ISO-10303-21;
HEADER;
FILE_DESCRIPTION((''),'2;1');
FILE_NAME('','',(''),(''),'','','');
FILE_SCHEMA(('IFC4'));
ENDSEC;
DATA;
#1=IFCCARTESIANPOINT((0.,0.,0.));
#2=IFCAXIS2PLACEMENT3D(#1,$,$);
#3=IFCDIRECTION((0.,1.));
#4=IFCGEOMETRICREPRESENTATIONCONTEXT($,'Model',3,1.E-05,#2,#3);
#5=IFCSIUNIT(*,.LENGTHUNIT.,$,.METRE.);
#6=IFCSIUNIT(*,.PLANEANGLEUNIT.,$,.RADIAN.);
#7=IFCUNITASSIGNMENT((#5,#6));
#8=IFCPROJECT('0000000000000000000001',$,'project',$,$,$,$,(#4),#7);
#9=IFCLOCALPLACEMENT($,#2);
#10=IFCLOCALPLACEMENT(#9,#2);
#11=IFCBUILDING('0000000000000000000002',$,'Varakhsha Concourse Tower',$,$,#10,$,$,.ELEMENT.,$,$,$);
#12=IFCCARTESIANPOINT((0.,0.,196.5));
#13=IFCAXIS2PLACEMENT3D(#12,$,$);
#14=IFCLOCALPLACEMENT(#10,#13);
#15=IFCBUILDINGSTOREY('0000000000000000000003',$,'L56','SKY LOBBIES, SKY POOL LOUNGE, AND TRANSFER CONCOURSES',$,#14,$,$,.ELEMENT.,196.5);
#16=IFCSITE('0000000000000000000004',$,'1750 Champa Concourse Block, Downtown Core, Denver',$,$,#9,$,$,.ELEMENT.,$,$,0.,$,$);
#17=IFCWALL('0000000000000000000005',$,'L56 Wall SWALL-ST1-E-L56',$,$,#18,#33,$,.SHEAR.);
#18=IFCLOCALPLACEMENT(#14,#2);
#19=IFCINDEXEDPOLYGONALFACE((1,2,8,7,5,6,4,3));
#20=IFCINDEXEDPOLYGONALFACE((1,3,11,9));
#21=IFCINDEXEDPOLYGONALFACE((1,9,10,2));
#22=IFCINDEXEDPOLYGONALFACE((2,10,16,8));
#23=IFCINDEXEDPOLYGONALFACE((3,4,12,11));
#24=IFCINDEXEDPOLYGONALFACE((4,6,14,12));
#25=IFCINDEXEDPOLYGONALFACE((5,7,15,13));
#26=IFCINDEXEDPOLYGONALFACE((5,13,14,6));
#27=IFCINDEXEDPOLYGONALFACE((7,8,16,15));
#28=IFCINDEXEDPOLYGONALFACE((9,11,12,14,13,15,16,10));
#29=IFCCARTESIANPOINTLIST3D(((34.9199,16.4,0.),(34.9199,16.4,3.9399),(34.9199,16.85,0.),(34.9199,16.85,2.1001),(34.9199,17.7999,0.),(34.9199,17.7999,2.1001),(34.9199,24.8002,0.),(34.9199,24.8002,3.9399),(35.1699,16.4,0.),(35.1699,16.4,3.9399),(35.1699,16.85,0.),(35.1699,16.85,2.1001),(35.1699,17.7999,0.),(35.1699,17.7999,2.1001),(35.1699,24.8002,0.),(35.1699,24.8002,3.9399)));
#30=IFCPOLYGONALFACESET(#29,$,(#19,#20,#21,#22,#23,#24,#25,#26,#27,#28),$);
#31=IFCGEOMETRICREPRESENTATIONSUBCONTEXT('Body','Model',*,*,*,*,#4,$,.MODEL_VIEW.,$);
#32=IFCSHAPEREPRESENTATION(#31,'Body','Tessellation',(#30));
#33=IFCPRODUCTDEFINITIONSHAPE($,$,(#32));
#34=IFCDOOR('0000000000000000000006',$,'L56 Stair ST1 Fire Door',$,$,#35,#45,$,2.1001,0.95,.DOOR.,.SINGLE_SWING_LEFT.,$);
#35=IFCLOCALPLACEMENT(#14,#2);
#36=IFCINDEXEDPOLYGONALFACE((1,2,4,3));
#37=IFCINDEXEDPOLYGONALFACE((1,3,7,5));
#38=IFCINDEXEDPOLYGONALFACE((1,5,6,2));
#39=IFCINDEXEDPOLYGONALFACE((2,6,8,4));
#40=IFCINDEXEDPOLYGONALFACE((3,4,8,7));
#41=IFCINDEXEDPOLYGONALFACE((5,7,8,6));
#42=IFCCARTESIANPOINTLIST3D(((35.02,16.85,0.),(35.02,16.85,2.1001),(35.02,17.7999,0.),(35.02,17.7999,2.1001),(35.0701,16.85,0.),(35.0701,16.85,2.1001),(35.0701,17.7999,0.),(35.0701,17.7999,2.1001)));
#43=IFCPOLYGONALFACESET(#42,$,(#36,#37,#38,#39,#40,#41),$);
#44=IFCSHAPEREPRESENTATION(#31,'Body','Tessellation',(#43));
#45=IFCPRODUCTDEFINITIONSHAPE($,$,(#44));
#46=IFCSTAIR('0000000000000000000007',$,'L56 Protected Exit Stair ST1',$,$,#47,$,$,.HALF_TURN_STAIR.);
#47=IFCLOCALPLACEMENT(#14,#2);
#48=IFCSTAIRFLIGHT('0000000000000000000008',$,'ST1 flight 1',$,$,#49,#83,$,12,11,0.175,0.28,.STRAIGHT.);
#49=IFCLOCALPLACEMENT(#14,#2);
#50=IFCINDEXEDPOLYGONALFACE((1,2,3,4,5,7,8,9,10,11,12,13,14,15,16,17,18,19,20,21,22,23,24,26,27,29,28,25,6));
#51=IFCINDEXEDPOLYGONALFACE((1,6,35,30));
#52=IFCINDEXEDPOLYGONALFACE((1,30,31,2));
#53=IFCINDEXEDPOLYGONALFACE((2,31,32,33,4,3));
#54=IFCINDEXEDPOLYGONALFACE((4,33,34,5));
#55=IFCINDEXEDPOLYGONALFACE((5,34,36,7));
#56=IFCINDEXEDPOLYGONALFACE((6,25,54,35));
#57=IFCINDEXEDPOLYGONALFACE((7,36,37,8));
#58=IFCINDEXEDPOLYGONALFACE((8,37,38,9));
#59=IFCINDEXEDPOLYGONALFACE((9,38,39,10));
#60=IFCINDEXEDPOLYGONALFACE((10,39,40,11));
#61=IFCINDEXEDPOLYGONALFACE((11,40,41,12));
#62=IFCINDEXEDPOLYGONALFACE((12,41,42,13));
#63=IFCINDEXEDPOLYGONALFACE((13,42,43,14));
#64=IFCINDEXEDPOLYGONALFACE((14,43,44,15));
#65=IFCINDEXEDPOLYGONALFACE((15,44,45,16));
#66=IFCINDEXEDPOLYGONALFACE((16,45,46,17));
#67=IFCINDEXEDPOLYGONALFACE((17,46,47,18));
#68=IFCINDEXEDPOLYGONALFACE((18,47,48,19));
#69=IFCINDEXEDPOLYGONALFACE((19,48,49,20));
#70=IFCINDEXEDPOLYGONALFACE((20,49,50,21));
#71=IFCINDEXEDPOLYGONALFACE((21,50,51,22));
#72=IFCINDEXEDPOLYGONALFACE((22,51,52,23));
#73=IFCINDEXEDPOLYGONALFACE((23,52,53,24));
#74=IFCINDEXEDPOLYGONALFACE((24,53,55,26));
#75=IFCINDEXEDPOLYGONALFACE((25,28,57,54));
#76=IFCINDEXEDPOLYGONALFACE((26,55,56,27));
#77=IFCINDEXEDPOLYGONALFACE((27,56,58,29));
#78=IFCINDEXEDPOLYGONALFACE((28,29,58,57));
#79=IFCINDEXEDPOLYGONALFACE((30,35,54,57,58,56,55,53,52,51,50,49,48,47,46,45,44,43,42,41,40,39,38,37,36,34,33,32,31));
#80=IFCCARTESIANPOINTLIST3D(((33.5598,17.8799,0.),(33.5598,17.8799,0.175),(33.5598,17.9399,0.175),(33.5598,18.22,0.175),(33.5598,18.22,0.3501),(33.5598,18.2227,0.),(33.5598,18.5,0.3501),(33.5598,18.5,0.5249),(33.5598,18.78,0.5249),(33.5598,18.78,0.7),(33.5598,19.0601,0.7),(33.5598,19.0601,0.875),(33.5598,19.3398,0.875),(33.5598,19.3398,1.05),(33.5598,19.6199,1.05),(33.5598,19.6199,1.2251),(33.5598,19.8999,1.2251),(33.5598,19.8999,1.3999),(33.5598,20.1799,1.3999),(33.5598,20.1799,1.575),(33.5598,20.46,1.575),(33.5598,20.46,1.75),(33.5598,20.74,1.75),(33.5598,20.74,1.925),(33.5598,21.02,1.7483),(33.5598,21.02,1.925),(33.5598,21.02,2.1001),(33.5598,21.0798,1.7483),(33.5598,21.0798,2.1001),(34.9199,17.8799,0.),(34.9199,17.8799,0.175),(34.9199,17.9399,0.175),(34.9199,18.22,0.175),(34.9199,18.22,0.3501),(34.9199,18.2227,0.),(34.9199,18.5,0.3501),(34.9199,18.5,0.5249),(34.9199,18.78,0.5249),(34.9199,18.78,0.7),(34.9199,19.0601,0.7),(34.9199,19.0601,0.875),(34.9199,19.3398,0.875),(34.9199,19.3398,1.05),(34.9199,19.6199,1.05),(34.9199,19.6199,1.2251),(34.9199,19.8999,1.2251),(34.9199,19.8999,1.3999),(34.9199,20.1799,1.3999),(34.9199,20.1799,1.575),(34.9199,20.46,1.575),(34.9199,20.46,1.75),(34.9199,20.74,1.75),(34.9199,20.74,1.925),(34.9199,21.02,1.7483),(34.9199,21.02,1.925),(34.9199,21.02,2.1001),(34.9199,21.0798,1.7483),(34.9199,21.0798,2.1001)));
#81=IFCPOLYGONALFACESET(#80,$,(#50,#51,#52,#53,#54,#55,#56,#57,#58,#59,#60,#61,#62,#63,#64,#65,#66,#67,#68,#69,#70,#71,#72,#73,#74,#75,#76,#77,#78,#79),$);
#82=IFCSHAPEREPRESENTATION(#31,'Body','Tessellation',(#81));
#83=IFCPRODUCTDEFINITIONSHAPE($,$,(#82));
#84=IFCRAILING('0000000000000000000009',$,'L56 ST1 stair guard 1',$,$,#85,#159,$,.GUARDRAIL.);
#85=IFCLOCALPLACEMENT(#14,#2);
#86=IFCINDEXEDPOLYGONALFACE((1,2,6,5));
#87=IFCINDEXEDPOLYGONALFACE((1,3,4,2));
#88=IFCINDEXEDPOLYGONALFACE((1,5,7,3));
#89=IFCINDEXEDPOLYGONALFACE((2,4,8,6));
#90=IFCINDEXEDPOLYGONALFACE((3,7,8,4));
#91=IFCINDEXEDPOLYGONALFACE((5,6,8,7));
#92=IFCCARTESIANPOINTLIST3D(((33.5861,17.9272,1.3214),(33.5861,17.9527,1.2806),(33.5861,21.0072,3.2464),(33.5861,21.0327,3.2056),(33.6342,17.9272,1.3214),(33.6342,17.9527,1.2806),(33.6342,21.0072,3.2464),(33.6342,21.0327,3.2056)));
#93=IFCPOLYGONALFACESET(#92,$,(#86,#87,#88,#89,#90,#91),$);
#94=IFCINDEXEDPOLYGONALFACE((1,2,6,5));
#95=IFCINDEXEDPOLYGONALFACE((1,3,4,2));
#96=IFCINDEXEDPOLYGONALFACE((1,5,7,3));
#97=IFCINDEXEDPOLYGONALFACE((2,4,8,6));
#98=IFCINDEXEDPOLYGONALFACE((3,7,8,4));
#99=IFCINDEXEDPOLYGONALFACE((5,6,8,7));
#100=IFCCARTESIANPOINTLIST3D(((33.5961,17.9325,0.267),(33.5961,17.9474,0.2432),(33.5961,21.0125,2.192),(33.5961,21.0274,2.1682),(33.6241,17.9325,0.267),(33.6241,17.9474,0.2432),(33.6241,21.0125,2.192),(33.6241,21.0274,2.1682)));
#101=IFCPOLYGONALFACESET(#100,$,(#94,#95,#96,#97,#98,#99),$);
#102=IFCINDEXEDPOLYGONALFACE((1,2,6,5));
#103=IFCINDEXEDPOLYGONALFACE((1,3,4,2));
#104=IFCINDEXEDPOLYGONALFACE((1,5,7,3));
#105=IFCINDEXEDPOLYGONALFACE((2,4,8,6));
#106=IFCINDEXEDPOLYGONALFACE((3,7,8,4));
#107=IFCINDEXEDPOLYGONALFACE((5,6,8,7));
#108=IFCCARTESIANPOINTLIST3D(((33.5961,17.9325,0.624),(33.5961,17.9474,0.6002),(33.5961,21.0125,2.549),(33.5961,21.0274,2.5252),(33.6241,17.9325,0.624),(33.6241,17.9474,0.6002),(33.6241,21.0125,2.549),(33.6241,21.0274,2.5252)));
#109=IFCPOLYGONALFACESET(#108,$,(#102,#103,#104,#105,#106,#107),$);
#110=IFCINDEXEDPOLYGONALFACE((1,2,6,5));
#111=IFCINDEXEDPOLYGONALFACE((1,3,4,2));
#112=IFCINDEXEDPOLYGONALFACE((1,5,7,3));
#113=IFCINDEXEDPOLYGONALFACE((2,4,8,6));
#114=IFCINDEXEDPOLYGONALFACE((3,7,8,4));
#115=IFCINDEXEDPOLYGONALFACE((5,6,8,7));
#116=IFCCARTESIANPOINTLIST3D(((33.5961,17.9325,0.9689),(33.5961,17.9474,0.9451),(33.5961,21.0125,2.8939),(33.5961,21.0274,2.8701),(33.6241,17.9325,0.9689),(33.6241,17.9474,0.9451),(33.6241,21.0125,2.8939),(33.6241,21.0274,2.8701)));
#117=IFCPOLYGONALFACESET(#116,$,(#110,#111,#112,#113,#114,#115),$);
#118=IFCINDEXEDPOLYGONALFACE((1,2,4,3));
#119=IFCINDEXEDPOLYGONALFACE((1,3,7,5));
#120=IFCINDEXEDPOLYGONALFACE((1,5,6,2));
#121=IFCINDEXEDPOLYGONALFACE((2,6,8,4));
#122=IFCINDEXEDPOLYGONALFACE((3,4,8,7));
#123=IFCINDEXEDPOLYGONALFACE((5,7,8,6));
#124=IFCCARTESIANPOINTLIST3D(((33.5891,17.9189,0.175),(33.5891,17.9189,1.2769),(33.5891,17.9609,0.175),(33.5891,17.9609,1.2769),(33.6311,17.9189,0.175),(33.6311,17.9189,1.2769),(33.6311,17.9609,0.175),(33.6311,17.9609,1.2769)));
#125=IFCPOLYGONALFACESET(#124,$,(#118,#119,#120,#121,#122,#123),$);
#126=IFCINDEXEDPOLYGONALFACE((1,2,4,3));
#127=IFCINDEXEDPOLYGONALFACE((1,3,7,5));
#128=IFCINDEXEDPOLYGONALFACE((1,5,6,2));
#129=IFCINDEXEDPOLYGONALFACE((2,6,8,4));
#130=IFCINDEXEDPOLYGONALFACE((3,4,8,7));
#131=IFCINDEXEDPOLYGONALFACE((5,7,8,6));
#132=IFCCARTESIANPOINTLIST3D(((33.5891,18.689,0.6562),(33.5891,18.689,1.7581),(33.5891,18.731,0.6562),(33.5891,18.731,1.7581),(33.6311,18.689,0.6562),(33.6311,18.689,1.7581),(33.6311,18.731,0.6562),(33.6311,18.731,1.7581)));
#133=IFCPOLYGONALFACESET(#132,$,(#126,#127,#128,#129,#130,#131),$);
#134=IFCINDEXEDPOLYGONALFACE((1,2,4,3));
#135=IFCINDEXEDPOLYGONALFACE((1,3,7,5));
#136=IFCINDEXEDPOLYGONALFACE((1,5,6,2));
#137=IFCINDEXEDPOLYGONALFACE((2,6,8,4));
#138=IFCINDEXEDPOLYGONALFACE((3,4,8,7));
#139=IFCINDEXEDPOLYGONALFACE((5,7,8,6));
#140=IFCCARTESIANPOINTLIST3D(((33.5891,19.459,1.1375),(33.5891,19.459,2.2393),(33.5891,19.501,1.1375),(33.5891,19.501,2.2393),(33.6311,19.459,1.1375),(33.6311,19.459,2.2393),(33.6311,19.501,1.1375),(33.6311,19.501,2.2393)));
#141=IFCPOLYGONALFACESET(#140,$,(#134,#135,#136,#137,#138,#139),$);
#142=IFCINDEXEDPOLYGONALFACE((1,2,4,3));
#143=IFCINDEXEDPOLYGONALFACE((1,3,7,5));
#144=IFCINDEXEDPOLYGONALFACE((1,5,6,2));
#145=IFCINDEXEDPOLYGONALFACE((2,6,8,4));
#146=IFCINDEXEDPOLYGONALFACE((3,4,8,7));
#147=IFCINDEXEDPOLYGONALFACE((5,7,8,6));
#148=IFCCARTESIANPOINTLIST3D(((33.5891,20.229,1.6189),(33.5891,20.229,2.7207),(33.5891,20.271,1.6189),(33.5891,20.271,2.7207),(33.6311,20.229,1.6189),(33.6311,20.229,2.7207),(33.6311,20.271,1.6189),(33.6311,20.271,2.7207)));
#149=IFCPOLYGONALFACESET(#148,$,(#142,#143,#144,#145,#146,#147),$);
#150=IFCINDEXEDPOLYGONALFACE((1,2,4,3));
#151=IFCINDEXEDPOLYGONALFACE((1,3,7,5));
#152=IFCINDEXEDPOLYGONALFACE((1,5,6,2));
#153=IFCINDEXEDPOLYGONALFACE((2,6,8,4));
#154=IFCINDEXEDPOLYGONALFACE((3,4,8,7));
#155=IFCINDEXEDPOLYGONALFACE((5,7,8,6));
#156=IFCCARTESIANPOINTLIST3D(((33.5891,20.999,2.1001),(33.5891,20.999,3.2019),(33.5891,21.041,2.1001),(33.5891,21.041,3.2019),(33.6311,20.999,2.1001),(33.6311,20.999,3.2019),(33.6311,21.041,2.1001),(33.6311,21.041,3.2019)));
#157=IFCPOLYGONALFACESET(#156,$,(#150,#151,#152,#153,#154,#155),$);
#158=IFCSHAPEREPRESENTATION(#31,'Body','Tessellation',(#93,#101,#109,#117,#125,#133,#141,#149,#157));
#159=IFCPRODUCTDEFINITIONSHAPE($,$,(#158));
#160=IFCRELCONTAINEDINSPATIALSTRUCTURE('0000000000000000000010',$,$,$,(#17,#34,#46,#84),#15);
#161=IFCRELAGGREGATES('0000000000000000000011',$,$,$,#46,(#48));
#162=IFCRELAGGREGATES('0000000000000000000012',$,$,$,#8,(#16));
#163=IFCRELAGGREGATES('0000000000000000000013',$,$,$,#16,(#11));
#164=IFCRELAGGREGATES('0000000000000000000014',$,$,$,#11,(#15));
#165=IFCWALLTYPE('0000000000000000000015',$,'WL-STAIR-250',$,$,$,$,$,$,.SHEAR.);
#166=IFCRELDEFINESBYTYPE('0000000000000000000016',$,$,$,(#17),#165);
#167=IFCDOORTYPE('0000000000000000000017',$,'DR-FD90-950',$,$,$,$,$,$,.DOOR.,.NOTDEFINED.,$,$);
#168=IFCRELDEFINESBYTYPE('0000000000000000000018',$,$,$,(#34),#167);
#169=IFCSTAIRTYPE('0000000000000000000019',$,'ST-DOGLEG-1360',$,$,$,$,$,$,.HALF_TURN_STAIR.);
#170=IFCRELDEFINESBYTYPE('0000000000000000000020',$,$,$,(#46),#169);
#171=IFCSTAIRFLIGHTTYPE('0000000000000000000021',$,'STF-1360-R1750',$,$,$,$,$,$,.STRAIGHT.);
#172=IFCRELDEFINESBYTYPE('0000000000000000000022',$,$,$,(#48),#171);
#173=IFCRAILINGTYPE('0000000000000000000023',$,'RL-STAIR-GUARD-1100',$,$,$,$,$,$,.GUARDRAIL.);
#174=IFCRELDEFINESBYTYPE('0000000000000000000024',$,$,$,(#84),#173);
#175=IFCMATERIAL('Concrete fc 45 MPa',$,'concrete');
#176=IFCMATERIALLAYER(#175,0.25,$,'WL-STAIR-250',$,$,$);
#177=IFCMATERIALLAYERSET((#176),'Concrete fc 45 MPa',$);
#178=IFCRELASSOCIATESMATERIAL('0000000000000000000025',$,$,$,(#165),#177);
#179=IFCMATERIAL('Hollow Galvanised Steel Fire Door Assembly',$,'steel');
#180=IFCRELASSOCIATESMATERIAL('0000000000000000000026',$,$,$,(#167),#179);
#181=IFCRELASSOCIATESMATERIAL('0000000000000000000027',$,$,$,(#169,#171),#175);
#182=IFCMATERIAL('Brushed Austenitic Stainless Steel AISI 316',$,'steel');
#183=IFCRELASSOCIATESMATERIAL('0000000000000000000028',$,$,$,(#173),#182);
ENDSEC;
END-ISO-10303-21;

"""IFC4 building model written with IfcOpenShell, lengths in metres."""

from ifc_helpers import new_model, si_unit, direction, frame, frame_2d, origin, origin_2d, place, context, subcontext, project, spatial, polyline, rectangle, outline, extrude, material, layer, layer_set, type_object, element, fill, aggregate, save


model = new_model("IFC4")

# Units and contexts
model_context = context("Model", 3, precision=1e-05, world=origin(), true_north=direction((0.0, 1.0)))
body_context = subcontext(model_context, "Body", "Model", "MODEL_VIEW")
ifc_project = project(units=[si_unit("LENGTHUNIT", "METRE"), si_unit("PLANEANGLEUNIT", "RADIAN")], contexts=[model_context])

# Site, building, storey
site_placement = place(None, origin())
site = spatial("IfcSite", under=ifc_project, at=site_placement, Name="1750 Champa Concourse Block, Downtown Core, Denver", CompositionType="ELEMENT", RefElevation=0.0)
building_placement = place(site_placement, origin())
building = spatial("IfcBuilding", under=site, at=building_placement, Name="Varakhsha Concourse Tower", CompositionType="ELEMENT")
storey_placement = place(building_placement, frame((0.0, 0.0, 196.5)))
storey = spatial("IfcBuildingStorey", under=building, at=storey_placement, Name="L56", Description="SKY LOBBIES, SKY POOL LOUNGE, AND TRANSFER CONCOURSES", CompositionType="ELEMENT", Elevation=196.5)

# Shared definitions
ifc_material_1 = material(Name="Hollow Galvanised Steel Fire Door Assembly", Category="steel")

# Wall, opening, door
ifc_material_2 = material(Name="Concrete fc 45 MPa", Category="concrete")
ifc_layer_1 = layer(ifc_material_2, 0.25, Name="WL-STAIR-250")
ifc_layer_set_1 = layer_set([ifc_layer_1], Name="Concrete fc 45 MPa")
wall_type_1 = type_object("IfcWallType", Name="WL-STAIR-250", PredefinedType="SHEAR", material=ifc_layer_set_1)
wall_1_placement = place(storey_placement, frame((35.0449, 16.3999, 0.0), z_axis=(0.0, 0.0, 1.0), x_axis=(0.0, 1.0, 0.0)))
wall_1 = element("IfcWall", 1, at=wall_1_placement, inside=storey, type_object=wall_type_1, Name="L56 Wall SWALL-ST1-E-L56", PredefinedType="SHEAR", context=body_context, shape_type="SweptSolid", body=[
    extrude(rectangle(XDim=8.4001, YDim=0.25, at=frame_2d((4.2002, 0.0))), origin(), (0.0, 0.0, 1.0), 3.9399),
])
opening_1_placement = place(wall_1_placement, frame((0.45, 0.0, 0.0)))
opening_1 = element("IfcOpeningElement", 2, at=opening_1_placement, cuts=wall_1, PredefinedType="OPENING", context=body_context, shape_type="SweptSolid", body=[
    extrude(rectangle(XDim=0.95, YDim=2.1001, at=frame_2d((0.4751, 1.05))), frame((0.0, 0.135, 0.0), z_axis=(0.0, -1.0, 0.0), x_axis=(1.0, 0.0, 0.0)), (0.0, 0.0, 1.0), 0.27),
])
door_type_1 = type_object("IfcDoorType", Name="DR-FD90-950", OperationType="NOTDEFINED", PredefinedType="DOOR", material=ifc_material_1)
door_1_placement = place(opening_1_placement, origin())
door_1 = element("IfcDoor", 3, at=door_1_placement, inside=storey, type_object=door_type_1, Name="L56 Stair ST1 Fire Door", OperationType="SINGLE_SWING_LEFT", OverallHeight=2.1001, OverallWidth=0.95, PredefinedType="DOOR", context=body_context, shape_type="SweptSolid", body=[
    extrude(rectangle(XDim=0.95, YDim=2.1001, at=frame_2d((0.4751, 1.05))), frame((0.0, 0.0249, 0.0), z_axis=(0.0, -1.0, 0.0), x_axis=(1.0, 0.0, 0.0)), (0.0, 0.0, 1.0), 0.05),
])
fill(opening_1, door_1)

# Stair, stair flight
stair_type = type_object("IfcStairType", Name="ST-DOGLEG-1360", PredefinedType="HALF_TURN_STAIR", material=ifc_material_2)
stair_placement = place(storey_placement, origin())
stair = element("IfcStair", 4, at=stair_placement, inside=storey, type_object=stair_type, Name="L56 Protected Exit Stair ST1", PredefinedType="HALF_TURN_STAIR")
stair_flight_type = type_object("IfcStairFlightType", Name="STF-1360-R1750", PredefinedType="STRAIGHT", material=ifc_material_2)
stair_flight_placement = place(storey_placement, frame((34.24, 17.9399, 0.0), z_axis=(0.0, 0.0, 1.0), x_axis=(0.0, 1.0, 0.0)))
stair_flight = element("IfcStairFlight", 5, at=stair_flight_placement, type_object=stair_flight_type, Name="ST1 flight 1", NumberOfRisers=12, NumberOfTreads=11, PredefinedType="STRAIGHT", RiserHeight=0.175, TreadLength=0.28, context=body_context, shape_type="SweptSolid", body=[
    extrude(outline(polyline([(-0.0601, 0.0), (-0.0601, 0.175), (0.0, 0.175), (0.28, 0.175), (0.28, 0.3501), (0.5601, 0.3501), (0.5601, 0.5249), (0.8401, 0.5249), (0.8401, 0.7), (1.1201, 0.7), (1.1201, 0.875), (1.3999, 0.875), (1.3999, 1.05), (1.6799, 1.05), (1.6799, 1.2251), (1.96, 1.2251), (1.96, 1.3999), (2.24, 1.3999), (2.24, 1.575), (2.52, 1.575), (2.52, 1.75), (2.8, 1.75), (2.8, 1.925), (3.0801, 1.925), (3.0801, 2.1001), (3.1399, 2.1001), (3.1399, 1.7483), (3.0801, 1.7483), (0.2827, 0.0), (-0.0601, 0.0)])), frame((0.0, 0.6802, 0.0), z_axis=(0.0, -1.0, 0.0), x_axis=(1.0, 0.0, 0.0)), (0.0, 0.0, 1.0), 1.3601),
])
aggregate(stair, [stair_flight])

# Railing
ifc_material_3 = material(Name="Brushed Austenitic Stainless Steel AISI 316", Category="steel")
railing_type_1 = type_object("IfcRailingType", Name="RL-STAIR-GUARD-1100", PredefinedType="GUARDRAIL", material=ifc_material_3)
railing_1_placement = place(storey_placement, frame((33.6101, 17.9399, 0.175)))
element("IfcRailing", 6, at=railing_1_placement, inside=storey, type_object=railing_type_1, Name="L56 ST1 stair guard 1", PredefinedType="GUARDRAIL", context=body_context, shape_type="SweptSolid", body=[
    extrude(rectangle(XDim=0.0481, YDim=0.0481, at=origin_2d()), frame((0.0, 0.0, 1.126), z_axis=(0.0, 0.847998, 0.529999), x_axis=(-1.0, 0.0, 0.0)), (0.0, 0.0, 1.0), 3.6321),
    extrude(rectangle(XDim=0.0281, YDim=0.0281, at=origin_2d()), frame((0.0, 0.0, 0.0801), z_axis=(0.0, 0.847998, 0.529999), x_axis=(-1.0, 0.0, 0.0)), (0.0, 0.0, 1.0), 3.6321),
    extrude(rectangle(XDim=0.0281, YDim=0.0281, at=origin_2d()), frame((0.0, 0.0, 0.437), z_axis=(0.0, 0.847998, 0.529999), x_axis=(-1.0, 0.0, 0.0)), (0.0, 0.0, 1.0), 3.6321),
    extrude(rectangle(XDim=0.0281, YDim=0.0281, at=origin_2d()), frame((0.0, 0.0, 0.782), z_axis=(0.0, 0.847998, 0.529999), x_axis=(-1.0, 0.0, 0.0)), (0.0, 0.0, 1.0), 3.6321),
    extrude(rectangle(XDim=0.042, YDim=0.042, at=origin_2d()), origin(), (0.0, 0.0, 1.0), 1.1018),
    extrude(rectangle(XDim=0.042, YDim=0.042, at=origin_2d()), frame((0.0, 0.77, 0.4812)), (0.0, 0.0, 1.0), 1.1018),
    extrude(rectangle(XDim=0.042, YDim=0.042, at=origin_2d()), frame((0.0, 1.54, 0.9624)), (0.0, 0.0, 1.0), 1.1018),
    extrude(rectangle(XDim=0.042, YDim=0.042, at=origin_2d()), frame((0.0, 2.3101, 1.4438)), (0.0, 0.0, 1.0), 1.1018),
    extrude(rectangle(XDim=0.042, YDim=0.042, at=origin_2d()), frame((0.0, 3.0801, 1.925)), (0.0, 0.0, 1.0), 1.1018),
])

save(model, "model.ifc")
